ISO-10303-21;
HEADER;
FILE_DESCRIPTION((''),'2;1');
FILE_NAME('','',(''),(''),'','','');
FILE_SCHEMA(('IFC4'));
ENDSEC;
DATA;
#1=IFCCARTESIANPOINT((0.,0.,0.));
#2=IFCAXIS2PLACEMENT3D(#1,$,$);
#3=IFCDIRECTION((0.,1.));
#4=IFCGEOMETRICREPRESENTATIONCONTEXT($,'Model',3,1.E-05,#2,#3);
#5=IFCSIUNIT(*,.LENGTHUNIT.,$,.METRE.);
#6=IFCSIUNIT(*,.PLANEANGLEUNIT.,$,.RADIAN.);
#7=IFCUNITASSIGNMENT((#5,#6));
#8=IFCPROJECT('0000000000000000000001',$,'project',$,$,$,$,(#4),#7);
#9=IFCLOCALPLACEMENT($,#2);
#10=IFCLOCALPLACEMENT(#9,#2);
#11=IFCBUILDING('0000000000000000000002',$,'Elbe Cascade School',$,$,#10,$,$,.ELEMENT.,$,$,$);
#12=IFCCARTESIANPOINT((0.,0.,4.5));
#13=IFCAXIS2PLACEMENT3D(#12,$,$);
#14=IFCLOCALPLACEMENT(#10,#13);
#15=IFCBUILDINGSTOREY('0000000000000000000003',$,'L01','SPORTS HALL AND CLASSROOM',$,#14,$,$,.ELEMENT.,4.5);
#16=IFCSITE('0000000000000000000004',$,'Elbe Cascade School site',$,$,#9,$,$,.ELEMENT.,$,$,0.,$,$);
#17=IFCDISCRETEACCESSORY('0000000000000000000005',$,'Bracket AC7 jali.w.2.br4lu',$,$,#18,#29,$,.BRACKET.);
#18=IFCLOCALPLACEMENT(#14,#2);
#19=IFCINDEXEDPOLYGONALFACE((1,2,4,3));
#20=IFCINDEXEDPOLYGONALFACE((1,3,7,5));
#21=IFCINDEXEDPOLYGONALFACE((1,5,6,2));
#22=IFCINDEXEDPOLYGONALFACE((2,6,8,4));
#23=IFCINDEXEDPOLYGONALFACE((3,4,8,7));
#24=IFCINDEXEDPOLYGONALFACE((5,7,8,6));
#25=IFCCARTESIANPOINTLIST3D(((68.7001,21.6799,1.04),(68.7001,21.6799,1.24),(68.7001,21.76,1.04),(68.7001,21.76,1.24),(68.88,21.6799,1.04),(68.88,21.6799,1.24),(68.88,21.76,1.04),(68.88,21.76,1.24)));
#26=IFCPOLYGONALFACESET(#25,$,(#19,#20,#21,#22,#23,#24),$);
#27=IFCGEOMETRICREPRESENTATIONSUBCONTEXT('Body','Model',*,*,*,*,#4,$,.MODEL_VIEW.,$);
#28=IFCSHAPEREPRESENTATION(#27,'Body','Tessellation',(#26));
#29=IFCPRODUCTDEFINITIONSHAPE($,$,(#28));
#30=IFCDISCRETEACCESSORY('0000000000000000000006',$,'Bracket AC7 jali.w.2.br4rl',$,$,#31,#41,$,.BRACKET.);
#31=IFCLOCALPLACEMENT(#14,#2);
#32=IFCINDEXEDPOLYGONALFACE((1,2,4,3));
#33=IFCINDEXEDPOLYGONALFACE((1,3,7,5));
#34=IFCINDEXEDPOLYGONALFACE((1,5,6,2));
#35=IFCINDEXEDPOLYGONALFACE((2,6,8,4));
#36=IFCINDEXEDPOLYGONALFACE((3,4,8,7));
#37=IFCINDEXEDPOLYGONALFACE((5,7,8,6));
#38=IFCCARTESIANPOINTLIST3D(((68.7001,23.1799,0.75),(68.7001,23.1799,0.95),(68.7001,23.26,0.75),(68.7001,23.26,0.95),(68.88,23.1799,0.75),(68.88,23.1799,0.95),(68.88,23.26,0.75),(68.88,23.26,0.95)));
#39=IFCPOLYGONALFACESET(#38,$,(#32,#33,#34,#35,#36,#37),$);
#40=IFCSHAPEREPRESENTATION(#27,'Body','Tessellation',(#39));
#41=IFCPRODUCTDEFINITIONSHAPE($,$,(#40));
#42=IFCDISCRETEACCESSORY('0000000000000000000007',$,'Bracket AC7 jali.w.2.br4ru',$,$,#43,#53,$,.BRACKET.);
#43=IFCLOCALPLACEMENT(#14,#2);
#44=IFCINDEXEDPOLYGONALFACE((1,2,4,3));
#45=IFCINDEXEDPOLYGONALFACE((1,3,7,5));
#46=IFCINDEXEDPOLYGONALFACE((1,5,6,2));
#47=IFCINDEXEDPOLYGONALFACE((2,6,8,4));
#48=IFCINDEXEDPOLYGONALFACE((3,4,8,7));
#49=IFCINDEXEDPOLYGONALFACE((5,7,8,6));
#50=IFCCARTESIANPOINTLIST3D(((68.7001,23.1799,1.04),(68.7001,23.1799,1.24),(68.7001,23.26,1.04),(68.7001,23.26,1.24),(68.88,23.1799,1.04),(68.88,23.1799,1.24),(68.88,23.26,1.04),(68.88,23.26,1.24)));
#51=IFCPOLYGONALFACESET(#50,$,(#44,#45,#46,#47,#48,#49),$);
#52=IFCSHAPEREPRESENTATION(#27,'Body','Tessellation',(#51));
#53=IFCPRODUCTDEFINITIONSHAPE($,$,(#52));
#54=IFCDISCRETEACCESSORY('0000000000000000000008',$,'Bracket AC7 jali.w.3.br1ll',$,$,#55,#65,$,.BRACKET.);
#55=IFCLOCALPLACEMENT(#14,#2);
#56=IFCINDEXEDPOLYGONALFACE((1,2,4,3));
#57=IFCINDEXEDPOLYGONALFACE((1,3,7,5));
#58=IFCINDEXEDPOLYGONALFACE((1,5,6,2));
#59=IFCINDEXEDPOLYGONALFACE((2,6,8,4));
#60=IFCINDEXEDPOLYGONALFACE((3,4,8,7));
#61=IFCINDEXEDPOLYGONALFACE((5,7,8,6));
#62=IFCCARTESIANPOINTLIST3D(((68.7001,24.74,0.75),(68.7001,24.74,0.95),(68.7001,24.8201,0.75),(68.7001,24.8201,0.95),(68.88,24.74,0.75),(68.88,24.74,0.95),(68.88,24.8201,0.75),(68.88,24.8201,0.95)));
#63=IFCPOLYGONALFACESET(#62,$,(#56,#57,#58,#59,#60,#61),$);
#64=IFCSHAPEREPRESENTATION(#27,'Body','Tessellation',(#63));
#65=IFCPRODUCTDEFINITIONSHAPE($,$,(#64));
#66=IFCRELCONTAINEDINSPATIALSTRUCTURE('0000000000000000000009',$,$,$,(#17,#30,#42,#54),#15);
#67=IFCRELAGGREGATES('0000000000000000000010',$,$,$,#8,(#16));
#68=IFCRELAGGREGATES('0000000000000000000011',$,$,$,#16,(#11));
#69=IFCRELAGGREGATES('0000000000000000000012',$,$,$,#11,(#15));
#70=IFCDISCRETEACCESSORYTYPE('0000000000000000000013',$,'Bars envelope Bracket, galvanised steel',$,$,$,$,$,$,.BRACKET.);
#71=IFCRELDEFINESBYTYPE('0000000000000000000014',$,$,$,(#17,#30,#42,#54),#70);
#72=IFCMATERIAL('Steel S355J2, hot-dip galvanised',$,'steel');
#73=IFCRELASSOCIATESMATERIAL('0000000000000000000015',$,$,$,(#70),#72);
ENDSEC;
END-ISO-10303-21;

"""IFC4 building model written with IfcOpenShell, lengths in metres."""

from ifc_helpers import new_model, si_unit, direction, frame, origin, origin_2d, place, context, subcontext, project, spatial, rectangle, extrude, material, type_object, element, save


model = new_model("IFC4")

# Units and contexts
model_context = context("Model", 3, precision=1e-05, world=origin(), true_north=direction((0.0, 1.0)))
body_context = subcontext(model_context, "Body", "Model", "MODEL_VIEW")
ifc_project = project(units=[si_unit("LENGTHUNIT", "METRE"), si_unit("PLANEANGLEUNIT", "RADIAN")], contexts=[model_context])

# Site, building, storey
site_placement = place(None, origin())
site = spatial("IfcSite", under=ifc_project, at=site_placement, Name="Elbe Cascade School site", CompositionType="ELEMENT", RefElevation=0.0)
building_placement = place(site_placement, origin())
building = spatial("IfcBuilding", under=site, at=building_placement, Name="Elbe Cascade School", CompositionType="ELEMENT")
storey_placement = place(building_placement, frame((0.0, 0.0, 4.5)))
storey = spatial("IfcBuildingStorey", under=building, at=storey_placement, Name="L01", Description="SPORTS HALL AND CLASSROOM", CompositionType="ELEMENT", Elevation=4.5)

# Discrete accessories
ifc_material_1 = material(Name="Steel S355J2, hot-dip galvanised", Category="steel")
discrete_accessory_type = type_object("IfcDiscreteAccessoryType", Name="Bars envelope Bracket, galvanised steel", PredefinedType="BRACKET", material=ifc_material_1)
for number, where, z_axis, x_axis, name in (
    (1, (68.79, 21.72, 1.04), (0.0, 0.0, 1.0), (0.0, 1.0, 0.0), "Bracket AC7 jali.w.2.br4lu"),
    (2, (68.79, 23.22, 0.75), (0.0, 0.0, 1.0), (0.0, 1.0, 0.0), "Bracket AC7 jali.w.2.br4rl"),
    (3, (68.79, 23.22, 1.04), (0.0, 0.0, 1.0), (0.0, 1.0, 0.0), "Bracket AC7 jali.w.2.br4ru"),
    (4, (68.79, 24.78, 0.75), (0.0, 0.0, 1.0), (0.0, 1.0, 0.0), "Bracket AC7 jali.w.3.br1ll"),
):
    element("IfcDiscreteAccessory", number, at=place(storey_placement, frame(where, z_axis=z_axis, x_axis=x_axis)), inside=storey, type_object=discrete_accessory_type, Name=name, PredefinedType="BRACKET", context=body_context, shape_type="SweptSolid", body=[
        extrude(rectangle(XDim=0.0801, YDim=0.1799, at=origin_2d()), origin(), (0.0, 0.0, 1.0), 0.2),
    ])

save(model, "model.ifc")
